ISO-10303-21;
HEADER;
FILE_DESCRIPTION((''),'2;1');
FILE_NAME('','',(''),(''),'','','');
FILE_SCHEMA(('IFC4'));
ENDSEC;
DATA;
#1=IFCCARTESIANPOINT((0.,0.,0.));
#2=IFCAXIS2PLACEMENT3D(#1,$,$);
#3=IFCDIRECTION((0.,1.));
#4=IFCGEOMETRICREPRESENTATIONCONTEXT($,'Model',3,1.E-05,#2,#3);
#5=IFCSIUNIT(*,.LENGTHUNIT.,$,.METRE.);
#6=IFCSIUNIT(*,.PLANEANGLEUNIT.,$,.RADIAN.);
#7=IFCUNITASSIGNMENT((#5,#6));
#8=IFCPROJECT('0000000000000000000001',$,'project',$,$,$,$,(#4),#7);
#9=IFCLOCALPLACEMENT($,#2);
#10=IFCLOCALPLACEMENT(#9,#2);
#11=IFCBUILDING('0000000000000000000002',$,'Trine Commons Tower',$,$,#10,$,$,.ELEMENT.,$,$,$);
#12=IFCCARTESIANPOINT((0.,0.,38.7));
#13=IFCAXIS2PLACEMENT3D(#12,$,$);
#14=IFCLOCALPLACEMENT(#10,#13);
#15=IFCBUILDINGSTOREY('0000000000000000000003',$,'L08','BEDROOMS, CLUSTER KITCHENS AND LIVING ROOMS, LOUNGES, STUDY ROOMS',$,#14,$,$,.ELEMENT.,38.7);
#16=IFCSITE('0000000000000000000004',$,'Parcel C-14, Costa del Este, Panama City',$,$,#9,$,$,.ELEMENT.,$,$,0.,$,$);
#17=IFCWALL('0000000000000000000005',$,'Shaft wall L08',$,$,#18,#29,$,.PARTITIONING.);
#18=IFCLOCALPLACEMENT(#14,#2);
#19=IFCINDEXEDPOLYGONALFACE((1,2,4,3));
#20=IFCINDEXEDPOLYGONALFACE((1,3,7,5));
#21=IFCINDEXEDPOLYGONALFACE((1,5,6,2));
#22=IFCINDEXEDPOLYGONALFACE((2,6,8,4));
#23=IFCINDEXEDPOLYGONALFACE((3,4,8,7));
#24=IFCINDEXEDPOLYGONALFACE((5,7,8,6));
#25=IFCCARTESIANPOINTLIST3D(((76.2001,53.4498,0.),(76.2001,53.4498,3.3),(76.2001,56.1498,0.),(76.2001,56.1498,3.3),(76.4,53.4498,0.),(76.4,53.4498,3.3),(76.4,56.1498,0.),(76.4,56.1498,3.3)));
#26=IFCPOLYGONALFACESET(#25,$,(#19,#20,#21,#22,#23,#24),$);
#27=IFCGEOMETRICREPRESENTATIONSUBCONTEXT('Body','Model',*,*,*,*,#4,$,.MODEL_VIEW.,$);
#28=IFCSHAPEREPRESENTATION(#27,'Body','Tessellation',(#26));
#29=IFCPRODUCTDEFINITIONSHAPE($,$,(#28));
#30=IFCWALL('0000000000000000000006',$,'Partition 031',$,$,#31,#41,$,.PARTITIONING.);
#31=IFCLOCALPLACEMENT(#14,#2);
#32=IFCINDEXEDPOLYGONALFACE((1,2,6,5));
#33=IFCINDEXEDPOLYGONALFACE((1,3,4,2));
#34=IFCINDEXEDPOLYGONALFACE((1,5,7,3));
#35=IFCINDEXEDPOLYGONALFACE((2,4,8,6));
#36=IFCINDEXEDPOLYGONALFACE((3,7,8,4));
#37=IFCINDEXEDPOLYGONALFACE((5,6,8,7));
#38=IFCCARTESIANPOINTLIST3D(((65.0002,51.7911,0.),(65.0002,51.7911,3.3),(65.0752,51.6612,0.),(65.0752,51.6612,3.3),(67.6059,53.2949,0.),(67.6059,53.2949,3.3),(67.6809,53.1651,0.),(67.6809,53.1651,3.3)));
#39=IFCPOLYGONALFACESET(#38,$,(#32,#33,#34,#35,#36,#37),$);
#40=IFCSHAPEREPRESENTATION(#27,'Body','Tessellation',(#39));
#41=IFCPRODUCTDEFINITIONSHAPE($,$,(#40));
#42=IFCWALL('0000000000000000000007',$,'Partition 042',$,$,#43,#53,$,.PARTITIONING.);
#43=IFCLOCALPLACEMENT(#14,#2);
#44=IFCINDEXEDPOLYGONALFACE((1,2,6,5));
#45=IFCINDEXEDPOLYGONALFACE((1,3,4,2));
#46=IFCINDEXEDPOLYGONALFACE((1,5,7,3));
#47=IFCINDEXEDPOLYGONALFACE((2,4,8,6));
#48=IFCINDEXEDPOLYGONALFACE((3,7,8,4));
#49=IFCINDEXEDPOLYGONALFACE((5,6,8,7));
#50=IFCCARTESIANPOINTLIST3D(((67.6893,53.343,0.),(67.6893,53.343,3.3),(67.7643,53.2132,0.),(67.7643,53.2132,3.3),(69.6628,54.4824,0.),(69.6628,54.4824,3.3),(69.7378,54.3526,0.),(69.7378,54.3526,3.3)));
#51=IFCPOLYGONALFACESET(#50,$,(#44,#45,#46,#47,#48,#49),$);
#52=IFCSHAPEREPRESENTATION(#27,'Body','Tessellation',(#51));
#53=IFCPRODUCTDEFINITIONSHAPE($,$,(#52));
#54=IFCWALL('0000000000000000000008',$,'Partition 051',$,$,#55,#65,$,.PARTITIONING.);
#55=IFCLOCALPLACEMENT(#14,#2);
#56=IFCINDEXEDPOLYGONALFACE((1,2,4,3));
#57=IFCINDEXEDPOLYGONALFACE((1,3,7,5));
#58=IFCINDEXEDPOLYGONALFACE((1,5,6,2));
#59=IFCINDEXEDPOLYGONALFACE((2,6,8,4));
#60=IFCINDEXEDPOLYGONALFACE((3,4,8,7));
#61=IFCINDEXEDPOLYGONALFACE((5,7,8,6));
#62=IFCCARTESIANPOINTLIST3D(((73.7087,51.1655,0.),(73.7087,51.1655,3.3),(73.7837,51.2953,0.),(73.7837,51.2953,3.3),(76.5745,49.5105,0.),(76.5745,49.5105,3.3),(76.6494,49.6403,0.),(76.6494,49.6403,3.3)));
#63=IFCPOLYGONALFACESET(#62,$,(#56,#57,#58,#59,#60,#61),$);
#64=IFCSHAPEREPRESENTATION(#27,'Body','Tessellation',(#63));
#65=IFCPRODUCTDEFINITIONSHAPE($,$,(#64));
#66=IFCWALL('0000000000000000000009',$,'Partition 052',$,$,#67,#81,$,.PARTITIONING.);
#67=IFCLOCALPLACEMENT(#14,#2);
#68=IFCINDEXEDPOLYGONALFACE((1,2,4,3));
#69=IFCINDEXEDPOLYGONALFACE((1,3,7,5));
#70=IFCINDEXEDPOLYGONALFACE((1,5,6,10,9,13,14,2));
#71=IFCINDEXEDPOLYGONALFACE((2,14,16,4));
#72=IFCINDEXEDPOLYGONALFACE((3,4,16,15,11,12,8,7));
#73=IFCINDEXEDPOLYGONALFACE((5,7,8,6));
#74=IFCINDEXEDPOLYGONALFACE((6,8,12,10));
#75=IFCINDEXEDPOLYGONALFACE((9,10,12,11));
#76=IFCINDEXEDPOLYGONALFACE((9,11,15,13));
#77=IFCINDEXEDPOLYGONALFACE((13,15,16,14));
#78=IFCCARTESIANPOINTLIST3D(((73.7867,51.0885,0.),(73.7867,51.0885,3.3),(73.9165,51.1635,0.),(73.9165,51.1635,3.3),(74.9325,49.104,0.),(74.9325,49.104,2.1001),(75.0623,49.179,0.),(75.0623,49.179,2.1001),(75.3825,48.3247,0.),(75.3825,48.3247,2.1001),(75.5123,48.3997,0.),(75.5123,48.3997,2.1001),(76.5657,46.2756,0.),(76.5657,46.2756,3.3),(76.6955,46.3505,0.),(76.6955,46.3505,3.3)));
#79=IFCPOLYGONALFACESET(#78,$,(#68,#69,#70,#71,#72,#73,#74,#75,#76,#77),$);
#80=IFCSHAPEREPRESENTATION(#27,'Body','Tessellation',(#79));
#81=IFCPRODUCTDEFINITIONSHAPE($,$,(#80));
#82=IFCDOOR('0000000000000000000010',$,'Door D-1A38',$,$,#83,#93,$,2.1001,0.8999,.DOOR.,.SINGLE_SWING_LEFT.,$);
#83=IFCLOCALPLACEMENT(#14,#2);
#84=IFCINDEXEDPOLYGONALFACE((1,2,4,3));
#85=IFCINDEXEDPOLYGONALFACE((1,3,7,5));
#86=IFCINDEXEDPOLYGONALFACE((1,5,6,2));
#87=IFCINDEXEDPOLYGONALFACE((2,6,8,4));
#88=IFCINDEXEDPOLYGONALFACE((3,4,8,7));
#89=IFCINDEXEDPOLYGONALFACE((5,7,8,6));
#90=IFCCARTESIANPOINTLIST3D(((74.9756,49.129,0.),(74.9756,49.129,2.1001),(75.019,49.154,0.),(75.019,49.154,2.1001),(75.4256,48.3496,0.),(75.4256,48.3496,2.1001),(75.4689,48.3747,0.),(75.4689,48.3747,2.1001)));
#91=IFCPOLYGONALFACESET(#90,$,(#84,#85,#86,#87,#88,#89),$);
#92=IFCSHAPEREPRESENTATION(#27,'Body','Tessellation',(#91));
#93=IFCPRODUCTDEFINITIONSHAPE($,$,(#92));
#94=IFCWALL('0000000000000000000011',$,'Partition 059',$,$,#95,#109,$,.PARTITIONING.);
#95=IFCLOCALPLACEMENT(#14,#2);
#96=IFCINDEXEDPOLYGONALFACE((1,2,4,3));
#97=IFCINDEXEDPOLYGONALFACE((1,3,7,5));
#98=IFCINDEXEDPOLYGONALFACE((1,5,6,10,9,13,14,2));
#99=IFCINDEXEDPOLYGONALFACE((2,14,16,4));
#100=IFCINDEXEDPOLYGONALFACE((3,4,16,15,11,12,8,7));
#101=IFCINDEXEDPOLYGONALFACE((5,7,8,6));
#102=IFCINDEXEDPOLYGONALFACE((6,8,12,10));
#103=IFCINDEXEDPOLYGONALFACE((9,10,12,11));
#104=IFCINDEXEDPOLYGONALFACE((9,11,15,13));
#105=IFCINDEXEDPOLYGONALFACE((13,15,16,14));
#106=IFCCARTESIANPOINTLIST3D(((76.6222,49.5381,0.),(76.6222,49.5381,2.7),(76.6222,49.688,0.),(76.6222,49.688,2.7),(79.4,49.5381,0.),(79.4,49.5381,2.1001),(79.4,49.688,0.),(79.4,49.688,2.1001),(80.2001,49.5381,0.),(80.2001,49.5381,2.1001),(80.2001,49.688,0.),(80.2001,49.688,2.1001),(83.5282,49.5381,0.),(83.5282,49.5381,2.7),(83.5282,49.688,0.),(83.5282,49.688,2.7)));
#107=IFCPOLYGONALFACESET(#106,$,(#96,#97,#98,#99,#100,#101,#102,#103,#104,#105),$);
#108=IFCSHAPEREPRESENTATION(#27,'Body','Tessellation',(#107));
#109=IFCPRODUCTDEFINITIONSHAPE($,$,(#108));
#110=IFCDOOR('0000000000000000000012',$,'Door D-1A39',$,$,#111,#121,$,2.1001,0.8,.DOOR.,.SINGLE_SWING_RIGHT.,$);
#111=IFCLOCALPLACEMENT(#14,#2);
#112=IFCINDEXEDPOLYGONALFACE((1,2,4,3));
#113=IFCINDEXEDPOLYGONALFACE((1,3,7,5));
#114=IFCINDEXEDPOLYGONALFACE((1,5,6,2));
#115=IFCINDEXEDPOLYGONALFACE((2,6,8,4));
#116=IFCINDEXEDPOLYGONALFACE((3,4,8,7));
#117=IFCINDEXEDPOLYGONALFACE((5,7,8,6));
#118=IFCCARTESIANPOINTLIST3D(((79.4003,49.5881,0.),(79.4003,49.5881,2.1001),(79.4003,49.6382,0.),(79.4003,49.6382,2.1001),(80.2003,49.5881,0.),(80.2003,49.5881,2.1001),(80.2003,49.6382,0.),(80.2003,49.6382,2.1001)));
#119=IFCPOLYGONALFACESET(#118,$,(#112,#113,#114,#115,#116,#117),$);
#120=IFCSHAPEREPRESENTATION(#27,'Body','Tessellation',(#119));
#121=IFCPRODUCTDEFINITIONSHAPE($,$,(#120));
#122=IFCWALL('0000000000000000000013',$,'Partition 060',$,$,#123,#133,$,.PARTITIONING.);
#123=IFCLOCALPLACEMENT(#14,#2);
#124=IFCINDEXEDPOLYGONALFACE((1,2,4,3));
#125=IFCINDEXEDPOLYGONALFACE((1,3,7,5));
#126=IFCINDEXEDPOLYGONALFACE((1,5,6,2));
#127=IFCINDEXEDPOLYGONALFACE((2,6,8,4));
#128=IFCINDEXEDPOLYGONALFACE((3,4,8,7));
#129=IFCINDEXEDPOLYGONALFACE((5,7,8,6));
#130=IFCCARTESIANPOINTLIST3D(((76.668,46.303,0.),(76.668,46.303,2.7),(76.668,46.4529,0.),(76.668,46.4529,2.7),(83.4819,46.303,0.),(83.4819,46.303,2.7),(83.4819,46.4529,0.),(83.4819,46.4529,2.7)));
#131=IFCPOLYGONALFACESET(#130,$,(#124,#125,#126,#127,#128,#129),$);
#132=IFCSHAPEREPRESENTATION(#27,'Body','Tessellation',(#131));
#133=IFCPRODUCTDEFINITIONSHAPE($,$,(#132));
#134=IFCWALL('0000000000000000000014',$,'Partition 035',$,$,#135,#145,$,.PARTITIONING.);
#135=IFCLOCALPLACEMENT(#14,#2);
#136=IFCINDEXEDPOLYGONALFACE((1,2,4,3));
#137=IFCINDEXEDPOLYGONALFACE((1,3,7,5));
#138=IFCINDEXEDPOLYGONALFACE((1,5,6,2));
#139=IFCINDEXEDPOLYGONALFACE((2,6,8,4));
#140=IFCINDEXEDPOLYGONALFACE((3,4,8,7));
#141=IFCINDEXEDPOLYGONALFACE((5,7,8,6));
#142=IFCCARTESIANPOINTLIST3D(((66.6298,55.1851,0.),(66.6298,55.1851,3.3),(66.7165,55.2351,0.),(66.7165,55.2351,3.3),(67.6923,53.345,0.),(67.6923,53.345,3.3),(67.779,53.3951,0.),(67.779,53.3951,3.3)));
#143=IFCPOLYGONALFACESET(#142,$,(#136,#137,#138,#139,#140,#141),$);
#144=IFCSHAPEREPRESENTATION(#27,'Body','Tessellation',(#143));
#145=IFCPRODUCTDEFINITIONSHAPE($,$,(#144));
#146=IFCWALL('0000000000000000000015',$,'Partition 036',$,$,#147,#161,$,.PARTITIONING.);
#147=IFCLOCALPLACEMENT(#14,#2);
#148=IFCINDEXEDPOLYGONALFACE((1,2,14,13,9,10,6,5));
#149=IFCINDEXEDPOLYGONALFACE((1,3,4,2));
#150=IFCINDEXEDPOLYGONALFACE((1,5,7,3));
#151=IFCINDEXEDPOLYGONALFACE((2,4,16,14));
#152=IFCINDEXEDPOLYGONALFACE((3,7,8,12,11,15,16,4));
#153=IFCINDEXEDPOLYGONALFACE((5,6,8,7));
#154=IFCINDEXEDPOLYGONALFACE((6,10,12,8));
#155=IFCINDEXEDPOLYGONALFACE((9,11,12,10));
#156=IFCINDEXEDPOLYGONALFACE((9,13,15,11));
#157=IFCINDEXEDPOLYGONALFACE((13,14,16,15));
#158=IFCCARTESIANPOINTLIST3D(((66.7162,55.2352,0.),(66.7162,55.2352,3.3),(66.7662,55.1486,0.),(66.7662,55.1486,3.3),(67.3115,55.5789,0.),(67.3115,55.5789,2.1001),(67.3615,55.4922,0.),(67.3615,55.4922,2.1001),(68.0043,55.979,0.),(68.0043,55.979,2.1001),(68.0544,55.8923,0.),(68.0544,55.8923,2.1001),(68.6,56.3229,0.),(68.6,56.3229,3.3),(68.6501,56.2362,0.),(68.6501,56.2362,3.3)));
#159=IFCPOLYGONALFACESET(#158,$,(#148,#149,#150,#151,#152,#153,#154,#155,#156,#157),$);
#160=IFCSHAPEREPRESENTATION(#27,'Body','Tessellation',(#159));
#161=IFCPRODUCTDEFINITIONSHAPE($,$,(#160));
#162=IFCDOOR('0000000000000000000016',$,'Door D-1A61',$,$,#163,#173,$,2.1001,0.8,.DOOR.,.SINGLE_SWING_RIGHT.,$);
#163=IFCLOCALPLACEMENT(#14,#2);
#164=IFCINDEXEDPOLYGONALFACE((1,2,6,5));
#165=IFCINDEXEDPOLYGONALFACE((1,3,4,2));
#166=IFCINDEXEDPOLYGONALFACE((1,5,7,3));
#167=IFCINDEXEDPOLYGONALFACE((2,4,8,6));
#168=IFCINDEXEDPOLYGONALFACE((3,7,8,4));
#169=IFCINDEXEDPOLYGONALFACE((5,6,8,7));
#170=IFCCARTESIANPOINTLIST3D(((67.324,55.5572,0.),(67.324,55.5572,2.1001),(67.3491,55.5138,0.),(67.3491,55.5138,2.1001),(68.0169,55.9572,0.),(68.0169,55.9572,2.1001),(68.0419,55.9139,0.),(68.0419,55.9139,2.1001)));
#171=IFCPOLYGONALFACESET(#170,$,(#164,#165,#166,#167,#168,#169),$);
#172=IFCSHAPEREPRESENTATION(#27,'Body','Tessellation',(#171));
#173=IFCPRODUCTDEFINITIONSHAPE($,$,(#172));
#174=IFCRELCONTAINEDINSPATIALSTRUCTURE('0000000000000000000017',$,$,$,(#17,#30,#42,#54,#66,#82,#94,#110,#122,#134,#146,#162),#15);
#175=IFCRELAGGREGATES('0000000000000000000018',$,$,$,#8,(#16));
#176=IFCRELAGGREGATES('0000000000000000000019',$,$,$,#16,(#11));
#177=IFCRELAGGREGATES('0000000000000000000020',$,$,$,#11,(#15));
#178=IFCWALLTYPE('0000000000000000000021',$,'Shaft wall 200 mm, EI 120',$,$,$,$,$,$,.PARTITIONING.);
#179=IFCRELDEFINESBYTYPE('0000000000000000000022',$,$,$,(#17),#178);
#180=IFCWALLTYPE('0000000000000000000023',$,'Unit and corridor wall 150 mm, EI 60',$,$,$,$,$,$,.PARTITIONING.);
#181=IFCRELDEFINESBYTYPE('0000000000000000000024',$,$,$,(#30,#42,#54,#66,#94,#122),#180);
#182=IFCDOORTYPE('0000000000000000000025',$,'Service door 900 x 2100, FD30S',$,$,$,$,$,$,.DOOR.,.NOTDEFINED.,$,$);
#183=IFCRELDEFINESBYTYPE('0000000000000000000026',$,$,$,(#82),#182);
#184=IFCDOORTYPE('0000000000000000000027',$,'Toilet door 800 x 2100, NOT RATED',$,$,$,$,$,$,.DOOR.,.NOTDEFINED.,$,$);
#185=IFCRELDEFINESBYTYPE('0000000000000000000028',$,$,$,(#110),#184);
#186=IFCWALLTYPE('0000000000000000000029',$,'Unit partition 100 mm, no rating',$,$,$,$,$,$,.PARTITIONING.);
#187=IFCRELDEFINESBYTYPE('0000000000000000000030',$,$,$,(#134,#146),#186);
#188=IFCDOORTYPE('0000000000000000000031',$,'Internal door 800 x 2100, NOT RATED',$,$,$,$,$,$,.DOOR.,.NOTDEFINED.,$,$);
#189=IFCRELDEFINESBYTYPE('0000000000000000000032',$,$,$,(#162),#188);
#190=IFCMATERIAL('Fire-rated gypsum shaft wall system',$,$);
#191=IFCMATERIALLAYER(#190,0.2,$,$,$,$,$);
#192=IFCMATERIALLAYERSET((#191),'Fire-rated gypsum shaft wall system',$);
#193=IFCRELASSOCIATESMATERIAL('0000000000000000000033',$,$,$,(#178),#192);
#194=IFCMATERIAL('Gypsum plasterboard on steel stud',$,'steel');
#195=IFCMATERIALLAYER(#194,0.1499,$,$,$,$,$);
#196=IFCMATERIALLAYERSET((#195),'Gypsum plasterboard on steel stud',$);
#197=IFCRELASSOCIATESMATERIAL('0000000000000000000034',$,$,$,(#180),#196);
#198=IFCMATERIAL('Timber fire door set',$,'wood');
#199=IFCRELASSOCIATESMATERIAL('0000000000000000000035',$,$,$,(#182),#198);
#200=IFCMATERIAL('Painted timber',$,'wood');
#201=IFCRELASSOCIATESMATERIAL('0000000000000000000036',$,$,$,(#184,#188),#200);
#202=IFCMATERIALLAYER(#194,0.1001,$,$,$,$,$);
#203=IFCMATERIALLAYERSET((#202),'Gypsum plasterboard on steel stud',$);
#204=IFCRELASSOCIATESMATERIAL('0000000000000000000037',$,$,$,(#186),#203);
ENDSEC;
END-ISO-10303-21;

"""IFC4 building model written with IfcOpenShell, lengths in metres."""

from ifc_helpers import new_model, si_unit, direction, frame, frame_2d, origin, place, context, subcontext, project, spatial, rectangle, extrude, material, layer, layer_set, type_object, element, fill, save


model = new_model("IFC4")

# Units and contexts
model_context = context("Model", 3, precision=1e-05, world=origin(), true_north=direction((0.0, 1.0)))
body_context = subcontext(model_context, "Body", "Model", "MODEL_VIEW")
ifc_project = project(units=[si_unit("LENGTHUNIT", "METRE"), si_unit("PLANEANGLEUNIT", "RADIAN")], contexts=[model_context])

# Site, building, storey
site_placement = place(None, origin())
site = spatial("IfcSite", under=ifc_project, at=site_placement, Name="Parcel C-14, Costa del Este, Panama City", CompositionType="ELEMENT", RefElevation=0.0)
building_placement = place(site_placement, origin())
building = spatial("IfcBuilding", under=site, at=building_placement, Name="Trine Commons Tower", CompositionType="ELEMENT")
storey_placement = place(building_placement, frame((0.0, 0.0, 38.7)))
storey = spatial("IfcBuildingStorey", under=building, at=storey_placement, Name="L08", Description="BEDROOMS, CLUSTER KITCHENS AND LIVING ROOMS, LOUNGES, STUDY ROOMS", CompositionType="ELEMENT", Elevation=38.7)

# Walls
ifc_material_1 = material(Name="Fire-rated gypsum shaft wall system")
ifc_layer_1 = layer(ifc_material_1, 0.2)
ifc_layer_set_1 = layer_set([ifc_layer_1], Name="Fire-rated gypsum shaft wall system")
wall_type_1 = type_object("IfcWallType", Name="Shaft wall 200 mm, EI 120", PredefinedType="PARTITIONING", material=ifc_layer_set_1)
wall_1_placement = place(storey_placement, frame((76.3, 56.1499, 0.0), z_axis=(0.0, 0.0, 1.0), x_axis=(0.0, -1.0, 0.0)))
element("IfcWall", 1, at=wall_1_placement, inside=storey, type_object=wall_type_1, Name="Shaft wall L08", PredefinedType="PARTITIONING", context=body_context, shape_type="SweptSolid", body=[
    extrude(rectangle(XDim=2.7, YDim=0.2, at=frame_2d((1.3501, 0.0))), origin(), (0.0, 0.0, 1.0), 3.3),
])
ifc_material_2 = material(Name="Gypsum plasterboard on steel stud", Category="steel")
ifc_layer_2 = layer(ifc_material_2, 0.1499)
ifc_layer_set_2 = layer_set([ifc_layer_2], Name="Gypsum plasterboard on steel stud")
wall_type_2 = type_object("IfcWallType", Name="Unit and corridor wall 150 mm, EI 60", PredefinedType="PARTITIONING", material=ifc_layer_set_2)
wall_2_placement = place(storey_placement, frame((65.0376, 51.7261, 0.0), z_axis=(0.0, 0.0, 1.0), x_axis=(0.866098, 0.499875, 0.0)))
element("IfcWall", 2, at=wall_2_placement, inside=storey, type_object=wall_type_2, Name="Partition 031", PredefinedType="PARTITIONING", context=body_context, shape_type="SweptSolid", body=[
    extrude(rectangle(XDim=3.0085, YDim=0.1499, at=frame_2d((1.5044, 0.0))), origin(), (0.0, 0.0, 1.0), 3.3),
])
wall_3_placement = place(storey_placement, frame((67.7268, 53.2781, 0.0), z_axis=(0.0, 0.0, 1.0), x_axis=(0.866013, 0.500022, 0.0)))
element("IfcWall", 3, at=wall_3_placement, inside=storey, type_object=wall_type_2, Name="Partition 042", PredefinedType="PARTITIONING", context=body_context, shape_type="SweptSolid", body=[
    extrude(rectangle(XDim=2.2788, YDim=0.1499, at=frame_2d((1.1394, 0.0))), origin(), (0.0, 0.0, 1.0), 3.3),
])
wall_4_placement = place(storey_placement, frame((73.7461, 51.2305, 0.0), z_axis=(0.0, 0.0, 1.0), x_axis=(0.86596, -0.500114, 0.0)))
element("IfcWall", 4, at=wall_4_placement, inside=storey, type_object=wall_type_2, Name="Partition 051", PredefinedType="PARTITIONING", context=body_context, shape_type="SweptSolid", body=[
    extrude(rectangle(XDim=3.3093, YDim=0.1499, at=frame_2d((1.6548, 0.0))), origin(), (0.0, 0.0, 1.0), 3.3),
])

# Walls, openings, doors
wall_5_placement = place(storey_placement, frame((73.8516, 51.126, 0.0), z_axis=(0.0, 0.0, 1.0), x_axis=(0.500037, -0.866004, 0.0)))
wall_5 = element("IfcWall", 5, at=wall_5_placement, inside=storey, type_object=wall_type_2, Name="Partition 052", PredefinedType="PARTITIONING", context=body_context, shape_type="SweptSolid", body=[
    extrude(rectangle(XDim=5.5576, YDim=0.1499, at=frame_2d((2.7788, 0.0))), origin(), (0.0, 0.0, 1.0), 3.3),
])
opening_1_placement = place(wall_5_placement, frame((2.2915, 0.0, 0.0)))
opening_1 = element("IfcOpeningElement", 6, at=opening_1_placement, cuts=wall_5, PredefinedType="OPENING", context=body_context, shape_type="SweptSolid", body=[
    extrude(rectangle(XDim=0.8999, YDim=2.1001, at=frame_2d((0.45, 1.05))), frame((0.0, 0.085, 0.0), z_axis=(0.0, -1.0, 0.0), x_axis=(1.0, 0.0, 0.0)), (0.0, 0.0, 1.0), 0.1699),
])
ifc_material_3 = material(Name="Timber fire door set", Category="wood")
door_type_1 = type_object("IfcDoorType", Name="Service door 900 x 2100, FD30S", OperationType="NOTDEFINED", PredefinedType="DOOR", material=ifc_material_3)
door_1_placement = place(opening_1_placement, origin())
door_1 = element("IfcDoor", 7, at=door_1_placement, inside=storey, type_object=door_type_1, Name="Door D-1A38", OperationType="SINGLE_SWING_LEFT", OverallHeight=2.1001, OverallWidth=0.8999, PredefinedType="DOOR", context=body_context, shape_type="SweptSolid", body=[
    extrude(rectangle(XDim=0.8999, YDim=2.1001, at=frame_2d((0.45, 1.05))), frame((0.0, 0.0249, 0.0), z_axis=(0.0, -1.0, 0.0), x_axis=(1.0, 0.0, 0.0)), (0.0, 0.0, 1.0), 0.05),
])
fill(opening_1, door_1)
wall_6_placement = place(storey_placement, frame((76.6221, 49.613, 0.0), z_axis=(0.0, 0.0, 1.0), x_axis=(1.0, 0.0, 0.0)))
wall_6 = element("IfcWall", 8, at=wall_6_placement, inside=storey, type_object=wall_type_2, Name="Partition 059", PredefinedType="PARTITIONING", context=body_context, shape_type="SweptSolid", body=[
    extrude(rectangle(XDim=6.906, YDim=0.1499, at=frame_2d((3.4531, 0.0))), origin(), (0.0, 0.0, 1.0), 2.7),
])
opening_2_placement = place(wall_6_placement, frame((2.7781, 0.0, 0.0)))
opening_2 = element("IfcOpeningElement", 9, at=opening_2_placement, cuts=wall_6, PredefinedType="OPENING", context=body_context, shape_type="SweptSolid", body=[
    extrude(rectangle(XDim=0.8, YDim=2.1001, at=frame_2d((0.3999, 1.05))), frame((0.0, 0.085, 0.0), z_axis=(0.0, -1.0, 0.0), x_axis=(1.0, 0.0, 0.0)), (0.0, 0.0, 1.0), 0.1699),
])
ifc_material_4 = material(Name="Painted timber", Category="wood")
door_type_2 = type_object("IfcDoorType", Name="Toilet door 800 x 2100, NOT RATED", OperationType="NOTDEFINED", PredefinedType="DOOR", material=ifc_material_4)
door_2_placement = place(opening_2_placement, frame((0.8, 0.0, 0.0), z_axis=(0.0, 0.0, 1.0), x_axis=(-1.0, 0.0, 0.0)))
door_2 = element("IfcDoor", 10, at=door_2_placement, inside=storey, type_object=door_type_2, Name="Door D-1A39", OperationType="SINGLE_SWING_RIGHT", OverallHeight=2.1001, OverallWidth=0.8, PredefinedType="DOOR", context=body_context, shape_type="SweptSolid", body=[
    extrude(rectangle(XDim=0.8, YDim=2.1001, at=frame_2d((0.3999, 1.05))), frame((0.0, 0.0249, 0.0), z_axis=(0.0, -1.0, 0.0), x_axis=(1.0, 0.0, 0.0)), (0.0, 0.0, 1.0), 0.05),
])
fill(opening_2, door_2)

# Walls
wall_7_placement = place(storey_placement, frame((76.668, 46.3779, 0.0), z_axis=(0.0, 0.0, 1.0), x_axis=(1.0, 0.0, 0.0)))
element("IfcWall", 11, at=wall_7_placement, inside=storey, type_object=wall_type_2, Name="Partition 060", PredefinedType="PARTITIONING", context=body_context, shape_type="SweptSolid", body=[
    extrude(rectangle(XDim=6.814, YDim=0.1499, at=frame_2d((3.407, 0.0))), origin(), (0.0, 0.0, 1.0), 2.7),
])
ifc_layer_3 = layer(ifc_material_2, 0.1001)
ifc_layer_set_3 = layer_set([ifc_layer_3], Name="Gypsum plasterboard on steel stud")
wall_type_3 = type_object("IfcWallType", Name="Unit partition 100 mm, no rating", PredefinedType="PARTITIONING", material=ifc_layer_set_3)
wall_8_placement = place(storey_placement, frame((66.6731, 55.2102, 0.0), z_axis=(0.0, 0.0, 1.0), x_axis=(0.500044, -0.866, 0.0)))
element("IfcWall", 12, at=wall_8_placement, inside=storey, type_object=wall_type_3, Name="Partition 035", PredefinedType="PARTITIONING", context=body_context, shape_type="SweptSolid", body=[
    extrude(rectangle(XDim=2.1248, YDim=0.1001, at=frame_2d((1.0625, 0.0))), origin(), (0.0, 0.0, 1.0), 3.3),
])

# Wall, opening, door
wall_9_placement = place(storey_placement, frame((66.7412, 55.1919, 0.0), z_axis=(0.0, 0.0, 1.0), x_axis=(0.866017, 0.500014, 0.0)))
wall_9 = element("IfcWall", 13, at=wall_9_placement, inside=storey, type_object=wall_type_3, Name="Partition 036", PredefinedType="PARTITIONING", context=body_context, shape_type="SweptSolid", body=[
    extrude(rectangle(XDim=2.1753, YDim=0.1001, at=frame_2d((1.0876, 0.0))), origin(), (0.0, 0.0, 1.0), 3.3),
])
opening_3_placement = place(wall_9_placement, frame((0.6875, 0.0, 0.0)))
opening_3 = element("IfcOpeningElement", 14, at=opening_3_placement, cuts=wall_9, PredefinedType="OPENING", context=body_context, shape_type="SweptSolid", body=[
    extrude(rectangle(XDim=0.8, YDim=2.1001, at=frame_2d((0.3999, 1.05))), frame((0.0, 0.0601, 0.0), z_axis=(0.0, -1.0, 0.0), x_axis=(1.0, 0.0, 0.0)), (0.0, 0.0, 1.0), 0.1201),
])
door_type_3 = type_object("IfcDoorType", Name="Internal door 800 x 2100, NOT RATED", OperationType="NOTDEFINED", PredefinedType="DOOR", material=ifc_material_4)
door_3_placement = place(opening_3_placement, origin())
door_3 = element("IfcDoor", 15, at=door_3_placement, inside=storey, type_object=door_type_3, Name="Door D-1A61", OperationType="SINGLE_SWING_RIGHT", OverallHeight=2.1001, OverallWidth=0.8, PredefinedType="DOOR", context=body_context, shape_type="SweptSolid", body=[
    extrude(rectangle(XDim=0.8, YDim=2.1001, at=frame_2d((0.3999, 1.05))), frame((0.0, 0.0249, 0.0), z_axis=(0.0, -1.0, 0.0), x_axis=(1.0, 0.0, 0.0)), (0.0, 0.0, 1.0), 0.05),
])
fill(opening_3, door_3)

save(model, "model.ifc")
